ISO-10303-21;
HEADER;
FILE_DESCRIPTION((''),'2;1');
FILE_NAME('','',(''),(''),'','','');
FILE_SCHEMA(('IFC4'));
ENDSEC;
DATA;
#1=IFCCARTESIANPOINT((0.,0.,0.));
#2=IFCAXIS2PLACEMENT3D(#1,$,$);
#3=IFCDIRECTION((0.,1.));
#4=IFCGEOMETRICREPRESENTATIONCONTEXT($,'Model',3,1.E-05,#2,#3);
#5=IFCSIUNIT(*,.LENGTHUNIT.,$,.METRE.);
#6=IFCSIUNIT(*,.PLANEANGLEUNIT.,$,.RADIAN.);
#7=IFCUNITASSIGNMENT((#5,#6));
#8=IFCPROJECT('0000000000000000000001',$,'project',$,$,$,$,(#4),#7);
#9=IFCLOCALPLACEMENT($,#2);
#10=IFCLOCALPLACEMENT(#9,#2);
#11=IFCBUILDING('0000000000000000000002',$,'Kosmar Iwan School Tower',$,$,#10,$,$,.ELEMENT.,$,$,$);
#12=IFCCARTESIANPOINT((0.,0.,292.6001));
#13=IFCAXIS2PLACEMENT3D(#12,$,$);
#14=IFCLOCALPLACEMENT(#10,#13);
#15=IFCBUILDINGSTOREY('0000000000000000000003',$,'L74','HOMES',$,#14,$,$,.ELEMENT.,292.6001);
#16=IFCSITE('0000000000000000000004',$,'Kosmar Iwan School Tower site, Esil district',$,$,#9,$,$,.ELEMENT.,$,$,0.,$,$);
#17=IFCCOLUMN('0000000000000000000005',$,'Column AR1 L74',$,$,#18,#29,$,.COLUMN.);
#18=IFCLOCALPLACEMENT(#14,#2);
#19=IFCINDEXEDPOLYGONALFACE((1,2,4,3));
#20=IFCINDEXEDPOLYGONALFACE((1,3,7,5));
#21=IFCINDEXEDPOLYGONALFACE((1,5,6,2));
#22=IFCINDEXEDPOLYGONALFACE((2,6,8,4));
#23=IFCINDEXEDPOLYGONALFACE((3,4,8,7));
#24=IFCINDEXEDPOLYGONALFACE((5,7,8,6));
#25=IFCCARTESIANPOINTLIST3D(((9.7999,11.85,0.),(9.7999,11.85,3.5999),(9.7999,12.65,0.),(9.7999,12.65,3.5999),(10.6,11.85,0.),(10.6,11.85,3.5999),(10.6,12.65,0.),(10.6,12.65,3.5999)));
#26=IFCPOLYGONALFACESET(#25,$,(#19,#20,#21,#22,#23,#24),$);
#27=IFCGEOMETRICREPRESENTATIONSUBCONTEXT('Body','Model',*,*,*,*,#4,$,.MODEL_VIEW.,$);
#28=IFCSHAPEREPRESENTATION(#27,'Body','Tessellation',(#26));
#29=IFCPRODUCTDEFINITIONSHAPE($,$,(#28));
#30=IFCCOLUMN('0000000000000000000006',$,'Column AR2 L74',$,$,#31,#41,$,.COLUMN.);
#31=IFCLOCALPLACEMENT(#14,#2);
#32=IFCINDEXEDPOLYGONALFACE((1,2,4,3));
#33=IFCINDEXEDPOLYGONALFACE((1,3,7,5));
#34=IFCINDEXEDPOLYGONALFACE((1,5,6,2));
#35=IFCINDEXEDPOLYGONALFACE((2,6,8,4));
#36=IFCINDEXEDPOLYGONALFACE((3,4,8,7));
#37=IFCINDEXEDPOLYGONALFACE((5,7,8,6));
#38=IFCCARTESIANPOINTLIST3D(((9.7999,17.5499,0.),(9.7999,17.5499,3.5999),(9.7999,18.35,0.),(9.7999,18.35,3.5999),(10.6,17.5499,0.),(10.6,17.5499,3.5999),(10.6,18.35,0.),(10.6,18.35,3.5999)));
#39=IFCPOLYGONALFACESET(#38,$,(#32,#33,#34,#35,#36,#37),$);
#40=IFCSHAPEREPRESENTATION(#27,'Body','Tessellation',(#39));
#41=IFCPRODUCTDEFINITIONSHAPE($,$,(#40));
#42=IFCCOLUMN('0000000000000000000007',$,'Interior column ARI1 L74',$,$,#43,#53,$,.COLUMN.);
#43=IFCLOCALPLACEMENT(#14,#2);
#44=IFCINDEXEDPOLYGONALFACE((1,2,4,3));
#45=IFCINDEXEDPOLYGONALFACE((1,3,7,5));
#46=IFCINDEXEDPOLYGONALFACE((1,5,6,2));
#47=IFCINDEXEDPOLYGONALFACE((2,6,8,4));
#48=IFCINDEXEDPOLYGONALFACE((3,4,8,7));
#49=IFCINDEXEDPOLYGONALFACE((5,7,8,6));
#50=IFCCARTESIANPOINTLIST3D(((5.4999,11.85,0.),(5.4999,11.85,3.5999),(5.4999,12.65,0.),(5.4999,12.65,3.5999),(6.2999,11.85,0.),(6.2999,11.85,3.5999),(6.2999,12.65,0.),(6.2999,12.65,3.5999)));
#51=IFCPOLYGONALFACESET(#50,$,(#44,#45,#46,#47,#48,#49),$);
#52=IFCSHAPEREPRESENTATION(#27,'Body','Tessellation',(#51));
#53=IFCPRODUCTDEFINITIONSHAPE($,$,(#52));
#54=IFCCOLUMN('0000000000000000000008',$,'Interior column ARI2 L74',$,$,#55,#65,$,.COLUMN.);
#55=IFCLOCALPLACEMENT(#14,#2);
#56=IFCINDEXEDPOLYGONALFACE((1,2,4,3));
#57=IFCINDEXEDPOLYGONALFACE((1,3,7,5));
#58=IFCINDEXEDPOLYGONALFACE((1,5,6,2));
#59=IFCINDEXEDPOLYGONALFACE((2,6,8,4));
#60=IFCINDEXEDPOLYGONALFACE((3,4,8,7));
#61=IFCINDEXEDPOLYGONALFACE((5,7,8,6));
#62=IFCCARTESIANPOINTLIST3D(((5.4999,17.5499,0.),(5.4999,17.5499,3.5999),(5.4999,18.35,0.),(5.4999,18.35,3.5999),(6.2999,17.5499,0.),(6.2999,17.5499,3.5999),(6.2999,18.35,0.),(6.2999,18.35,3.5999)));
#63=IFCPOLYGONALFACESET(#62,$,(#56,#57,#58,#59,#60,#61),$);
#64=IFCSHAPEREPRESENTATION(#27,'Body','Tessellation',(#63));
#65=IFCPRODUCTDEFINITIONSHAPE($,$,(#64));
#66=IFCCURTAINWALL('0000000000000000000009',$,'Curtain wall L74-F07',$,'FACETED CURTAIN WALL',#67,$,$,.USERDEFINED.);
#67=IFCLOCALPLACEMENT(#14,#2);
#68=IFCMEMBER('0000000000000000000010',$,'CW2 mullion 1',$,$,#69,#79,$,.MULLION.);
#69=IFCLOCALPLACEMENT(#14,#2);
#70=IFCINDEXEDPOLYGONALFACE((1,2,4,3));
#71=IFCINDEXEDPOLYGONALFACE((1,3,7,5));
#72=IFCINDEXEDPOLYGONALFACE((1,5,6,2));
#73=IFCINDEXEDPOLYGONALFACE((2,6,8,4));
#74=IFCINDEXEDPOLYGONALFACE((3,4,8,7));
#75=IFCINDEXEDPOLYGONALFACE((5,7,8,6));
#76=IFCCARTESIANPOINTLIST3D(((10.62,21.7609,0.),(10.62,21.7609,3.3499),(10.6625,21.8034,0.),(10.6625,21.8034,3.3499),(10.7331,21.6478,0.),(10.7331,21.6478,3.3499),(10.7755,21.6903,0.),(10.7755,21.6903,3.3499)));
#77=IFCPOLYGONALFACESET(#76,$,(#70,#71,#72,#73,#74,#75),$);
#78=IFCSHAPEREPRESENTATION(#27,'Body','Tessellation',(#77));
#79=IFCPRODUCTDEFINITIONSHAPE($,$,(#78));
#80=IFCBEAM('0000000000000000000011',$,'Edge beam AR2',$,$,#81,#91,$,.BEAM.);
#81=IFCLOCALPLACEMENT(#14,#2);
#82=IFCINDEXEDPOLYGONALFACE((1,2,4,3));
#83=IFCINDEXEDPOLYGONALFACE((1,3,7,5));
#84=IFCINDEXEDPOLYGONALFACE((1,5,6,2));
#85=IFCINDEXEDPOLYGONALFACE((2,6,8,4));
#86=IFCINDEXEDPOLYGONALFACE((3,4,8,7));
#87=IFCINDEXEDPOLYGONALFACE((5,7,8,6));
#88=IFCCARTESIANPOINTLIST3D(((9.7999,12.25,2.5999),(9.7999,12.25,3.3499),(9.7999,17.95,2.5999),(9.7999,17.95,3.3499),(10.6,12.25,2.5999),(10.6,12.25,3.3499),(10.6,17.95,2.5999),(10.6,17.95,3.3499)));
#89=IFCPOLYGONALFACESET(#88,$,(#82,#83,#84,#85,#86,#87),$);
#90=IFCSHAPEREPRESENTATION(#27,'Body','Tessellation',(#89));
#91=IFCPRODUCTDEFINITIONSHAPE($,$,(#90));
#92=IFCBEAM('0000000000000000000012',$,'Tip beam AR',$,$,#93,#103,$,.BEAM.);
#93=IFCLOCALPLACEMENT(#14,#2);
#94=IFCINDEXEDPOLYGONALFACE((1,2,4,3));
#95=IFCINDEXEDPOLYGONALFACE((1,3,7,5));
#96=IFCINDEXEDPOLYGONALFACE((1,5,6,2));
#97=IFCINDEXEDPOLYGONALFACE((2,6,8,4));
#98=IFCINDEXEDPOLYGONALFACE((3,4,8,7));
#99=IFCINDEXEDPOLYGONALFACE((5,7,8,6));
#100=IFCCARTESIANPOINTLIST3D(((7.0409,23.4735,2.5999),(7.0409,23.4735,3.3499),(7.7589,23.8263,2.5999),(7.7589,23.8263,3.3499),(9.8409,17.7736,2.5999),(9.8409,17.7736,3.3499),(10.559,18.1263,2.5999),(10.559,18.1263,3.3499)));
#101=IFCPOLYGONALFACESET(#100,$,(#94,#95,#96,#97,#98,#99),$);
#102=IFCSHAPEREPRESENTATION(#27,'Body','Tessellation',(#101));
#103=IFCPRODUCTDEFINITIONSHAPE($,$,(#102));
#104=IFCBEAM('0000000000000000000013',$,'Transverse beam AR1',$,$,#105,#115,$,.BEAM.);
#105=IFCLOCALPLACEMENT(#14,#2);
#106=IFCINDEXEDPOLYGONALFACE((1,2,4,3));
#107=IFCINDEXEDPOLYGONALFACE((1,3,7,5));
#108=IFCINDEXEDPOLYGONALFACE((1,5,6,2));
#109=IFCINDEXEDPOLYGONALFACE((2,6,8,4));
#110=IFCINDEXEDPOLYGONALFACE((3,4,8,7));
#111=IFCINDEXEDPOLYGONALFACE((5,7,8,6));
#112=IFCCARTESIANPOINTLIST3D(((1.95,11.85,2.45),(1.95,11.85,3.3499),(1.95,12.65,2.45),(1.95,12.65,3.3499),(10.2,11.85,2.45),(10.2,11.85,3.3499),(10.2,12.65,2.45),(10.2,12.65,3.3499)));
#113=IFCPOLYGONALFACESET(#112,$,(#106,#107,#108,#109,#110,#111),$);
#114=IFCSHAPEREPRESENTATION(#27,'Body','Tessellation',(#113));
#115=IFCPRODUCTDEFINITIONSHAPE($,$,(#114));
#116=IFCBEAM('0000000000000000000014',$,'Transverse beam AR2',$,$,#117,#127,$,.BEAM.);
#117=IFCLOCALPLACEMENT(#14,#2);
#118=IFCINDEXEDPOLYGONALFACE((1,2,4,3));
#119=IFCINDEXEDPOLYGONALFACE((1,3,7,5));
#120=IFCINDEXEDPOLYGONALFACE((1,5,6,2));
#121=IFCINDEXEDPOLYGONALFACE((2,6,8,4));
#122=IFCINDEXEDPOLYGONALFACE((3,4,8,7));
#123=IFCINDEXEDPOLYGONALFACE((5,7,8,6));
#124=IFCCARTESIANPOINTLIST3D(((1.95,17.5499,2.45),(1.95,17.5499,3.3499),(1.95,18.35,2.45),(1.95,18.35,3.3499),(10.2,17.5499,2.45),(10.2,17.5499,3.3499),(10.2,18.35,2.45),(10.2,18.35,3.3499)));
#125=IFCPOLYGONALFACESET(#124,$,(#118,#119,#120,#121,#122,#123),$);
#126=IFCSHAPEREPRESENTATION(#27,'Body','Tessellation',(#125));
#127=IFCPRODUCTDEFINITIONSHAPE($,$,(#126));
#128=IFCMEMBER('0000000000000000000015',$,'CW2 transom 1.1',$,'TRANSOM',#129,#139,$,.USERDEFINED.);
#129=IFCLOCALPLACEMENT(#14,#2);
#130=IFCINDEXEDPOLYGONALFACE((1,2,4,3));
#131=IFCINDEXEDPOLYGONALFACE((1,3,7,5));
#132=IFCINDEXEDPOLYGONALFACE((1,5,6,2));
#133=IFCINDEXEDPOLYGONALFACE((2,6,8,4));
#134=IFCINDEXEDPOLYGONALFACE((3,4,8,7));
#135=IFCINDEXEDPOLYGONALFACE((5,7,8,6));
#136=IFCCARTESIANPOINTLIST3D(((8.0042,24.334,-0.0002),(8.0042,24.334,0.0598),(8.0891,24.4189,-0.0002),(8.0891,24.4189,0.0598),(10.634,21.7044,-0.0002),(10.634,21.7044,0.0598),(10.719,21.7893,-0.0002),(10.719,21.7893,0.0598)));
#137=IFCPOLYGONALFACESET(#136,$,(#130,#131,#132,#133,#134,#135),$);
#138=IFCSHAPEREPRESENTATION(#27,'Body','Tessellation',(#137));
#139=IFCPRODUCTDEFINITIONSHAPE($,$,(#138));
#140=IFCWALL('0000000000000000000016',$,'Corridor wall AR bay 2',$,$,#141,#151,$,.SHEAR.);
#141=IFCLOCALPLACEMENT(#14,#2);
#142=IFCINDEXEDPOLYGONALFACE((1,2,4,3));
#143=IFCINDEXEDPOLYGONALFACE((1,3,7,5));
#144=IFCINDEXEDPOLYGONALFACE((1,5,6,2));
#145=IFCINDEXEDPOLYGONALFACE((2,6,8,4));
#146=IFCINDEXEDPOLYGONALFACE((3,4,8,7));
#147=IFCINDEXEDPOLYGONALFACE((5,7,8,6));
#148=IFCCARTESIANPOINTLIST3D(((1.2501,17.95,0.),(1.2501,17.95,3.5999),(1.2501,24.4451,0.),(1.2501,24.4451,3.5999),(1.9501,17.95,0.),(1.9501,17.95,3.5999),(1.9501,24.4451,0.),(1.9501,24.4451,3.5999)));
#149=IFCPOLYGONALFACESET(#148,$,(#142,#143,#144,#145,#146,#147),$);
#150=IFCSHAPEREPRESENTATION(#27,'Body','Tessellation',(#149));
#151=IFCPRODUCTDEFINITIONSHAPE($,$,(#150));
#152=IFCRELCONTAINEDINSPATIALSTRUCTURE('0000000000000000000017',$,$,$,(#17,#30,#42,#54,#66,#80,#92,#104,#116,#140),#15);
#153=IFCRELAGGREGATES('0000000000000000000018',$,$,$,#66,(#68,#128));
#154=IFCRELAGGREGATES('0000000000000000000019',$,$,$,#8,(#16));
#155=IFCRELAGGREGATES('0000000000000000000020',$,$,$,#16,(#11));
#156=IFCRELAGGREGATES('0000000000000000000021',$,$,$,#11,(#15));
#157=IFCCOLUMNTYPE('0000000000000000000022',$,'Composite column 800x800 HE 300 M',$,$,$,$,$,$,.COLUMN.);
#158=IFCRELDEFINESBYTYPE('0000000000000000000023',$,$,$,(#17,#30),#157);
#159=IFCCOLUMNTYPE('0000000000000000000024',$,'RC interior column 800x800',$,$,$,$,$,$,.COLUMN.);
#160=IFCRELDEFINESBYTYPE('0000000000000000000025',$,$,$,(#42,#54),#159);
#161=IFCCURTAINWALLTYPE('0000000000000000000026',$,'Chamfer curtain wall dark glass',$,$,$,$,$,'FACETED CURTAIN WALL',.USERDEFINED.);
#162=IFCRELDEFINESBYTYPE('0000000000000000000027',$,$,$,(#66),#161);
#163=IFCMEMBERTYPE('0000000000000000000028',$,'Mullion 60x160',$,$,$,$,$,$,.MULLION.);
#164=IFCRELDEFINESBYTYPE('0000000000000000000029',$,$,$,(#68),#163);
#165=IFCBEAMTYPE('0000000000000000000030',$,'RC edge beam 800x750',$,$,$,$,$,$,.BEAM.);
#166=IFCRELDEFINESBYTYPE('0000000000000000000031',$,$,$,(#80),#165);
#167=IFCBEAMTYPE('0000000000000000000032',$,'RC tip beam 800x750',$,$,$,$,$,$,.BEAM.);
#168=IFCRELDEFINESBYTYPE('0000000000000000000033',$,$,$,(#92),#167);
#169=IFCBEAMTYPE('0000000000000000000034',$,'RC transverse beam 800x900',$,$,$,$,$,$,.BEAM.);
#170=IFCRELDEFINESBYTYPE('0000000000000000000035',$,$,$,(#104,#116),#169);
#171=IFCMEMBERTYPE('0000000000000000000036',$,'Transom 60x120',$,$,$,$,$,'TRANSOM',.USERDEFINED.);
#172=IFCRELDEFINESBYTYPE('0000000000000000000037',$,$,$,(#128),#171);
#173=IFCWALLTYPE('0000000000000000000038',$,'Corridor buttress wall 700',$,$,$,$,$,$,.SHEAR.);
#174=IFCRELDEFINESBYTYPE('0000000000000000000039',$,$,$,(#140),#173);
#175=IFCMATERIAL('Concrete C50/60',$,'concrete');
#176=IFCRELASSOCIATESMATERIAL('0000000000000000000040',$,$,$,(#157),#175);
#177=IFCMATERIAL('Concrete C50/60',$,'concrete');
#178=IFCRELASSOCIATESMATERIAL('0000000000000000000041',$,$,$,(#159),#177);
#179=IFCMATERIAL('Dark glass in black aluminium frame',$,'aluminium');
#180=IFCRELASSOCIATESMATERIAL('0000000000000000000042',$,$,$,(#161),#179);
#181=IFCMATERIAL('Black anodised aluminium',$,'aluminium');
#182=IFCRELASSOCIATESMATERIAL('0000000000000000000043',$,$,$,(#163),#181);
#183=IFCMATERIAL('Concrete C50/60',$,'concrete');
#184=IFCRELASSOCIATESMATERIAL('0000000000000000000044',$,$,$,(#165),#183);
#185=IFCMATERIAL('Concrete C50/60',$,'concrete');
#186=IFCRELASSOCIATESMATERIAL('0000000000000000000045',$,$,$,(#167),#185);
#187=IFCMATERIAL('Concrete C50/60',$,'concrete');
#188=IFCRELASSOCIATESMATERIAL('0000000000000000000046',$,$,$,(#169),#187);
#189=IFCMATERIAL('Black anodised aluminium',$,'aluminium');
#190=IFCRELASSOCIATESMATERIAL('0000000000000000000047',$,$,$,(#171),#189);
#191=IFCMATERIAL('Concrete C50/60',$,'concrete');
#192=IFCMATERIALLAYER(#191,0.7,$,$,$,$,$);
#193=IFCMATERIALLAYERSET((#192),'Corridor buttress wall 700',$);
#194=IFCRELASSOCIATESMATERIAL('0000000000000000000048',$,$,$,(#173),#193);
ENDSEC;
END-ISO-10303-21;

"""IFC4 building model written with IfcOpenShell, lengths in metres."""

from ifc_helpers import new_model, si_unit, direction, frame, frame_2d, origin, origin_2d, place, context, subcontext, project, spatial, rectangle, extrude, material, layer, layer_set, material_profile, profile_set, type_object, element, aggregate, save


model = new_model("IFC4")

# Units and contexts
model_context = context("Model", 3, precision=1e-05, world=origin(), true_north=direction((0.0, 1.0)))
body_context = subcontext(model_context, "Body", "Model", "MODEL_VIEW")
ifc_project = project(units=[si_unit("LENGTHUNIT", "METRE"), si_unit("PLANEANGLEUNIT", "RADIAN")], contexts=[model_context])

# Site, building, storey
site_placement = place(None, origin())
site = spatial("IfcSite", under=ifc_project, at=site_placement, Name="Kosmar Iwan School Tower site, Esil district", CompositionType="ELEMENT", RefElevation=0.0)
building_placement = place(site_placement, origin())
building = spatial("IfcBuilding", under=site, at=building_placement, Name="Kosmar Iwan School Tower", CompositionType="ELEMENT")
storey_placement = place(building_placement, frame((0.0, 0.0, 292.6001)))
storey = spatial("IfcBuildingStorey", under=building, at=storey_placement, Name="L74", Description="HOMES", CompositionType="ELEMENT", Elevation=292.6001)

# Columns
ifc_material_1 = material(Name="Concrete C50/60", Category="concrete")
ifc_material_profile_1 = material_profile(ifc_material_1, rectangle(XDim=0.8, YDim=0.8, at=origin_2d()), Name="RC 800x800 + HE 300 M")
ifc_profile_set_1 = profile_set([ifc_material_profile_1], Name="Concrete C50/60")
column_type_1 = type_object("IfcColumnType", Name="Composite column 800x800 HE 300 M", PredefinedType="COLUMN", material=ifc_profile_set_1)
for number, where, z_axis, x_axis, name in (
    (1, (10.2, 12.25, 0.0), (0.0, 0.0, 1.0), (0.0, 1.0, 0.0), "Column AR1 L74"),
    (2, (10.2, 17.95, 0.0), (0.0, 0.0, 1.0), (0.0, 1.0, 0.0), "Column AR2 L74"),
):
    element("IfcColumn", number, at=place(storey_placement, frame(where, z_axis=z_axis, x_axis=x_axis)), inside=storey, type_object=column_type_1, Name=name, PredefinedType="COLUMN", context=body_context, shape_type="SweptSolid", body=[
        extrude(rectangle(XDim=0.8, YDim=0.8, at=origin_2d()), origin(), (0.0, 0.0, 1.0), 3.5999),
    ])
ifc_material_2 = material(Name="Concrete C50/60", Category="concrete")
ifc_material_profile_2 = material_profile(ifc_material_2, rectangle(XDim=0.8, YDim=0.8, at=origin_2d()), Name="RC 800x800")
ifc_profile_set_2 = profile_set([ifc_material_profile_2], Name="Concrete C50/60")
column_type_2 = type_object("IfcColumnType", Name="RC interior column 800x800", PredefinedType="COLUMN", material=ifc_profile_set_2)
for number, where, z_axis, x_axis, name in (
    (3, (5.8999, 12.25, 0.0), (0.0, 0.0, 1.0), (0.0, 1.0, 0.0), "Interior column ARI1 L74"),
    (4, (5.8999, 17.95, 0.0), (0.0, 0.0, 1.0), (0.0, 1.0, 0.0), "Interior column ARI2 L74"),
):
    element("IfcColumn", number, at=place(storey_placement, frame(where, z_axis=z_axis, x_axis=x_axis)), inside=storey, type_object=column_type_2, Name=name, PredefinedType="COLUMN", context=body_context, shape_type="SweptSolid", body=[
        extrude(rectangle(XDim=0.8, YDim=0.8, at=origin_2d()), origin(), (0.0, 0.0, 1.0), 3.5999),
    ])

# Curtain wall, member
ifc_material_3 = material(Name="Dark glass in black aluminium frame", Category="aluminium")
curtain_wall_type = type_object("IfcCurtainWallType", Name="Chamfer curtain wall dark glass", ElementType="FACETED CURTAIN WALL", PredefinedType="USERDEFINED", material=ifc_material_3)
curtain_wall_placement = place(storey_placement, origin())
curtain_wall = element("IfcCurtainWall", 5, at=curtain_wall_placement, inside=storey, type_object=curtain_wall_type, Name="Curtain wall L74-F07", ObjectType="FACETED CURTAIN WALL", PredefinedType="USERDEFINED")
ifc_material_4 = material(Name="Black anodised aluminium", Category="aluminium")
ifc_material_profile_3 = material_profile(ifc_material_4, rectangle(XDim=0.0601, YDim=0.1599, at=origin_2d()), Name="MULLION 60x160")
ifc_profile_set_3 = profile_set([ifc_material_profile_3], Name="Black anodised aluminium")
member_type_1 = type_object("IfcMemberType", Name="Mullion 60x160", PredefinedType="MULLION", material=ifc_profile_set_3)
member_1_placement = place(storey_placement, frame((10.6978, 21.7256, 0.0), z_axis=(0.0, 0.0, 1.0), x_axis=(-0.707107, -0.707107, 0.0)))
member_1 = element("IfcMember", 6, at=member_1_placement, type_object=member_type_1, Name="CW2 mullion 1", PredefinedType="MULLION", context=body_context, shape_type="SweptSolid", body=[
    extrude(rectangle(XDim=0.0601, YDim=0.1599, at=origin_2d()), origin(), (0.0, 0.0, 1.0), 3.3499),
])

# Beams
ifc_material_5 = material(Name="Concrete C50/60", Category="concrete")
ifc_material_profile_4 = material_profile(ifc_material_5, rectangle(XDim=0.8, YDim=0.75, at=origin_2d()), Name="RC 800x750")
ifc_profile_set_4 = profile_set([ifc_material_profile_4], Name="Concrete C50/60")
beam_type_1 = type_object("IfcBeamType", Name="RC edge beam 800x750", PredefinedType="BEAM", material=ifc_profile_set_4)
beam_1_placement = place(storey_placement, frame((10.2, 12.25, 2.9749), z_axis=(0.0, 1.0, 0.0), x_axis=(-1.0, 0.0, 0.0)))
element("IfcBeam", 7, at=beam_1_placement, inside=storey, type_object=beam_type_1, Name="Edge beam AR2", PredefinedType="BEAM", context=body_context, shape_type="SweptSolid", body=[
    extrude(rectangle(XDim=0.8, YDim=0.75, at=origin_2d()), origin(), (0.0, 0.0, 1.0), 5.7),
])
ifc_material_6 = material(Name="Concrete C50/60", Category="concrete")
ifc_material_profile_5 = material_profile(ifc_material_6, rectangle(XDim=0.8, YDim=0.75, at=origin_2d()), Name="RC 800x750")
ifc_profile_set_5 = profile_set([ifc_material_profile_5], Name="Concrete C50/60")
beam_type_2 = type_object("IfcBeamType", Name="RC tip beam 800x750", PredefinedType="BEAM", material=ifc_profile_set_5)
beam_2_placement = place(storey_placement, frame((10.2, 17.95, 2.9749), z_axis=(-0.440913, 0.89755, 0.0), x_axis=(-0.89755, -0.440913, 0.0)))
element("IfcBeam", 8, at=beam_2_placement, inside=storey, type_object=beam_type_2, Name="Tip beam AR", PredefinedType="BEAM", context=body_context, shape_type="SweptSolid", body=[
    extrude(rectangle(XDim=0.8, YDim=0.75, at=origin_2d()), origin(), (0.0, 0.0, 1.0), 6.3506),
])
ifc_material_7 = material(Name="Concrete C50/60", Category="concrete")
ifc_material_profile_6 = material_profile(ifc_material_7, rectangle(XDim=0.8, YDim=0.8999, at=origin_2d()), Name="RC 800x900")
ifc_profile_set_6 = profile_set([ifc_material_profile_6], Name="Concrete C50/60")
beam_type_3 = type_object("IfcBeamType", Name="RC transverse beam 800x900", PredefinedType="BEAM", material=ifc_profile_set_6)
for number, where, z_axis, x_axis, name in (
    (9, (10.2, 12.25, 2.8999), (-1.0, 0.0, 0.0), (0.0, -1.0, 0.0), "Transverse beam AR1"),
    (10, (10.2, 17.95, 2.8999), (-1.0, 0.0, 0.0), (0.0, -1.0, 0.0), "Transverse beam AR2"),
):
    element("IfcBeam", number, at=place(storey_placement, frame(where, z_axis=z_axis, x_axis=x_axis)), inside=storey, type_object=beam_type_3, Name=name, PredefinedType="BEAM", context=body_context, shape_type="SweptSolid", body=[
        extrude(rectangle(XDim=0.8, YDim=0.8999, at=origin_2d()), origin(), (0.0, 0.0, 1.0), 8.25),
    ])

# Member
ifc_material_8 = material(Name="Black anodised aluminium", Category="aluminium")
ifc_material_profile_7 = material_profile(ifc_material_8, rectangle(XDim=0.1201, YDim=0.0601, at=origin_2d()), Name="TRANSOM 60x120")
ifc_profile_set_7 = profile_set([ifc_material_profile_7], Name="Black anodised aluminium")
member_type_2 = type_object("IfcMemberType", Name="Transom 60x120", ElementType="TRANSOM", PredefinedType="USERDEFINED", material=ifc_profile_set_7)
member_2_placement = place(storey_placement, frame((10.6765, 21.7468, 0.0298), z_axis=(-0.70714, 0.707074, 0.0), x_axis=(-0.707074, -0.70714, 0.0)))
member_2 = element("IfcMember", 11, at=member_2_placement, type_object=member_type_2, Name="CW2 transom 1.1", ObjectType="TRANSOM", PredefinedType="USERDEFINED", context=body_context, shape_type="SweptSolid", body=[
    extrude(rectangle(XDim=0.1201, YDim=0.0601, at=origin_2d()), origin(), (0.0, 0.0, 1.0), 3.719),
])
aggregate(curtain_wall, [member_1, member_2])

# Wall
ifc_material_9 = material(Name="Concrete C50/60", Category="concrete")
ifc_layer_1 = layer(ifc_material_9, 0.7)
ifc_layer_set_1 = layer_set([ifc_layer_1], Name="Corridor buttress wall 700")
wall_type_1 = type_object("IfcWallType", Name="Corridor buttress wall 700", PredefinedType="SHEAR", material=ifc_layer_set_1)
wall_1_placement = place(storey_placement, frame((1.6001, 17.95, 0.0), z_axis=(0.0, 0.0, 1.0), x_axis=(0.0, 1.0, 0.0)))
element("IfcWall", 12, at=wall_1_placement, inside=storey, type_object=wall_type_1, Name="Corridor wall AR bay 2", PredefinedType="SHEAR", context=body_context, shape_type="SweptSolid", body=[
    extrude(rectangle(XDim=6.4951, YDim=0.7, at=frame_2d((3.2476, 0.0))), origin(), (0.0, 0.0, 1.0), 3.5999),
])

save(model, "model.ifc")
